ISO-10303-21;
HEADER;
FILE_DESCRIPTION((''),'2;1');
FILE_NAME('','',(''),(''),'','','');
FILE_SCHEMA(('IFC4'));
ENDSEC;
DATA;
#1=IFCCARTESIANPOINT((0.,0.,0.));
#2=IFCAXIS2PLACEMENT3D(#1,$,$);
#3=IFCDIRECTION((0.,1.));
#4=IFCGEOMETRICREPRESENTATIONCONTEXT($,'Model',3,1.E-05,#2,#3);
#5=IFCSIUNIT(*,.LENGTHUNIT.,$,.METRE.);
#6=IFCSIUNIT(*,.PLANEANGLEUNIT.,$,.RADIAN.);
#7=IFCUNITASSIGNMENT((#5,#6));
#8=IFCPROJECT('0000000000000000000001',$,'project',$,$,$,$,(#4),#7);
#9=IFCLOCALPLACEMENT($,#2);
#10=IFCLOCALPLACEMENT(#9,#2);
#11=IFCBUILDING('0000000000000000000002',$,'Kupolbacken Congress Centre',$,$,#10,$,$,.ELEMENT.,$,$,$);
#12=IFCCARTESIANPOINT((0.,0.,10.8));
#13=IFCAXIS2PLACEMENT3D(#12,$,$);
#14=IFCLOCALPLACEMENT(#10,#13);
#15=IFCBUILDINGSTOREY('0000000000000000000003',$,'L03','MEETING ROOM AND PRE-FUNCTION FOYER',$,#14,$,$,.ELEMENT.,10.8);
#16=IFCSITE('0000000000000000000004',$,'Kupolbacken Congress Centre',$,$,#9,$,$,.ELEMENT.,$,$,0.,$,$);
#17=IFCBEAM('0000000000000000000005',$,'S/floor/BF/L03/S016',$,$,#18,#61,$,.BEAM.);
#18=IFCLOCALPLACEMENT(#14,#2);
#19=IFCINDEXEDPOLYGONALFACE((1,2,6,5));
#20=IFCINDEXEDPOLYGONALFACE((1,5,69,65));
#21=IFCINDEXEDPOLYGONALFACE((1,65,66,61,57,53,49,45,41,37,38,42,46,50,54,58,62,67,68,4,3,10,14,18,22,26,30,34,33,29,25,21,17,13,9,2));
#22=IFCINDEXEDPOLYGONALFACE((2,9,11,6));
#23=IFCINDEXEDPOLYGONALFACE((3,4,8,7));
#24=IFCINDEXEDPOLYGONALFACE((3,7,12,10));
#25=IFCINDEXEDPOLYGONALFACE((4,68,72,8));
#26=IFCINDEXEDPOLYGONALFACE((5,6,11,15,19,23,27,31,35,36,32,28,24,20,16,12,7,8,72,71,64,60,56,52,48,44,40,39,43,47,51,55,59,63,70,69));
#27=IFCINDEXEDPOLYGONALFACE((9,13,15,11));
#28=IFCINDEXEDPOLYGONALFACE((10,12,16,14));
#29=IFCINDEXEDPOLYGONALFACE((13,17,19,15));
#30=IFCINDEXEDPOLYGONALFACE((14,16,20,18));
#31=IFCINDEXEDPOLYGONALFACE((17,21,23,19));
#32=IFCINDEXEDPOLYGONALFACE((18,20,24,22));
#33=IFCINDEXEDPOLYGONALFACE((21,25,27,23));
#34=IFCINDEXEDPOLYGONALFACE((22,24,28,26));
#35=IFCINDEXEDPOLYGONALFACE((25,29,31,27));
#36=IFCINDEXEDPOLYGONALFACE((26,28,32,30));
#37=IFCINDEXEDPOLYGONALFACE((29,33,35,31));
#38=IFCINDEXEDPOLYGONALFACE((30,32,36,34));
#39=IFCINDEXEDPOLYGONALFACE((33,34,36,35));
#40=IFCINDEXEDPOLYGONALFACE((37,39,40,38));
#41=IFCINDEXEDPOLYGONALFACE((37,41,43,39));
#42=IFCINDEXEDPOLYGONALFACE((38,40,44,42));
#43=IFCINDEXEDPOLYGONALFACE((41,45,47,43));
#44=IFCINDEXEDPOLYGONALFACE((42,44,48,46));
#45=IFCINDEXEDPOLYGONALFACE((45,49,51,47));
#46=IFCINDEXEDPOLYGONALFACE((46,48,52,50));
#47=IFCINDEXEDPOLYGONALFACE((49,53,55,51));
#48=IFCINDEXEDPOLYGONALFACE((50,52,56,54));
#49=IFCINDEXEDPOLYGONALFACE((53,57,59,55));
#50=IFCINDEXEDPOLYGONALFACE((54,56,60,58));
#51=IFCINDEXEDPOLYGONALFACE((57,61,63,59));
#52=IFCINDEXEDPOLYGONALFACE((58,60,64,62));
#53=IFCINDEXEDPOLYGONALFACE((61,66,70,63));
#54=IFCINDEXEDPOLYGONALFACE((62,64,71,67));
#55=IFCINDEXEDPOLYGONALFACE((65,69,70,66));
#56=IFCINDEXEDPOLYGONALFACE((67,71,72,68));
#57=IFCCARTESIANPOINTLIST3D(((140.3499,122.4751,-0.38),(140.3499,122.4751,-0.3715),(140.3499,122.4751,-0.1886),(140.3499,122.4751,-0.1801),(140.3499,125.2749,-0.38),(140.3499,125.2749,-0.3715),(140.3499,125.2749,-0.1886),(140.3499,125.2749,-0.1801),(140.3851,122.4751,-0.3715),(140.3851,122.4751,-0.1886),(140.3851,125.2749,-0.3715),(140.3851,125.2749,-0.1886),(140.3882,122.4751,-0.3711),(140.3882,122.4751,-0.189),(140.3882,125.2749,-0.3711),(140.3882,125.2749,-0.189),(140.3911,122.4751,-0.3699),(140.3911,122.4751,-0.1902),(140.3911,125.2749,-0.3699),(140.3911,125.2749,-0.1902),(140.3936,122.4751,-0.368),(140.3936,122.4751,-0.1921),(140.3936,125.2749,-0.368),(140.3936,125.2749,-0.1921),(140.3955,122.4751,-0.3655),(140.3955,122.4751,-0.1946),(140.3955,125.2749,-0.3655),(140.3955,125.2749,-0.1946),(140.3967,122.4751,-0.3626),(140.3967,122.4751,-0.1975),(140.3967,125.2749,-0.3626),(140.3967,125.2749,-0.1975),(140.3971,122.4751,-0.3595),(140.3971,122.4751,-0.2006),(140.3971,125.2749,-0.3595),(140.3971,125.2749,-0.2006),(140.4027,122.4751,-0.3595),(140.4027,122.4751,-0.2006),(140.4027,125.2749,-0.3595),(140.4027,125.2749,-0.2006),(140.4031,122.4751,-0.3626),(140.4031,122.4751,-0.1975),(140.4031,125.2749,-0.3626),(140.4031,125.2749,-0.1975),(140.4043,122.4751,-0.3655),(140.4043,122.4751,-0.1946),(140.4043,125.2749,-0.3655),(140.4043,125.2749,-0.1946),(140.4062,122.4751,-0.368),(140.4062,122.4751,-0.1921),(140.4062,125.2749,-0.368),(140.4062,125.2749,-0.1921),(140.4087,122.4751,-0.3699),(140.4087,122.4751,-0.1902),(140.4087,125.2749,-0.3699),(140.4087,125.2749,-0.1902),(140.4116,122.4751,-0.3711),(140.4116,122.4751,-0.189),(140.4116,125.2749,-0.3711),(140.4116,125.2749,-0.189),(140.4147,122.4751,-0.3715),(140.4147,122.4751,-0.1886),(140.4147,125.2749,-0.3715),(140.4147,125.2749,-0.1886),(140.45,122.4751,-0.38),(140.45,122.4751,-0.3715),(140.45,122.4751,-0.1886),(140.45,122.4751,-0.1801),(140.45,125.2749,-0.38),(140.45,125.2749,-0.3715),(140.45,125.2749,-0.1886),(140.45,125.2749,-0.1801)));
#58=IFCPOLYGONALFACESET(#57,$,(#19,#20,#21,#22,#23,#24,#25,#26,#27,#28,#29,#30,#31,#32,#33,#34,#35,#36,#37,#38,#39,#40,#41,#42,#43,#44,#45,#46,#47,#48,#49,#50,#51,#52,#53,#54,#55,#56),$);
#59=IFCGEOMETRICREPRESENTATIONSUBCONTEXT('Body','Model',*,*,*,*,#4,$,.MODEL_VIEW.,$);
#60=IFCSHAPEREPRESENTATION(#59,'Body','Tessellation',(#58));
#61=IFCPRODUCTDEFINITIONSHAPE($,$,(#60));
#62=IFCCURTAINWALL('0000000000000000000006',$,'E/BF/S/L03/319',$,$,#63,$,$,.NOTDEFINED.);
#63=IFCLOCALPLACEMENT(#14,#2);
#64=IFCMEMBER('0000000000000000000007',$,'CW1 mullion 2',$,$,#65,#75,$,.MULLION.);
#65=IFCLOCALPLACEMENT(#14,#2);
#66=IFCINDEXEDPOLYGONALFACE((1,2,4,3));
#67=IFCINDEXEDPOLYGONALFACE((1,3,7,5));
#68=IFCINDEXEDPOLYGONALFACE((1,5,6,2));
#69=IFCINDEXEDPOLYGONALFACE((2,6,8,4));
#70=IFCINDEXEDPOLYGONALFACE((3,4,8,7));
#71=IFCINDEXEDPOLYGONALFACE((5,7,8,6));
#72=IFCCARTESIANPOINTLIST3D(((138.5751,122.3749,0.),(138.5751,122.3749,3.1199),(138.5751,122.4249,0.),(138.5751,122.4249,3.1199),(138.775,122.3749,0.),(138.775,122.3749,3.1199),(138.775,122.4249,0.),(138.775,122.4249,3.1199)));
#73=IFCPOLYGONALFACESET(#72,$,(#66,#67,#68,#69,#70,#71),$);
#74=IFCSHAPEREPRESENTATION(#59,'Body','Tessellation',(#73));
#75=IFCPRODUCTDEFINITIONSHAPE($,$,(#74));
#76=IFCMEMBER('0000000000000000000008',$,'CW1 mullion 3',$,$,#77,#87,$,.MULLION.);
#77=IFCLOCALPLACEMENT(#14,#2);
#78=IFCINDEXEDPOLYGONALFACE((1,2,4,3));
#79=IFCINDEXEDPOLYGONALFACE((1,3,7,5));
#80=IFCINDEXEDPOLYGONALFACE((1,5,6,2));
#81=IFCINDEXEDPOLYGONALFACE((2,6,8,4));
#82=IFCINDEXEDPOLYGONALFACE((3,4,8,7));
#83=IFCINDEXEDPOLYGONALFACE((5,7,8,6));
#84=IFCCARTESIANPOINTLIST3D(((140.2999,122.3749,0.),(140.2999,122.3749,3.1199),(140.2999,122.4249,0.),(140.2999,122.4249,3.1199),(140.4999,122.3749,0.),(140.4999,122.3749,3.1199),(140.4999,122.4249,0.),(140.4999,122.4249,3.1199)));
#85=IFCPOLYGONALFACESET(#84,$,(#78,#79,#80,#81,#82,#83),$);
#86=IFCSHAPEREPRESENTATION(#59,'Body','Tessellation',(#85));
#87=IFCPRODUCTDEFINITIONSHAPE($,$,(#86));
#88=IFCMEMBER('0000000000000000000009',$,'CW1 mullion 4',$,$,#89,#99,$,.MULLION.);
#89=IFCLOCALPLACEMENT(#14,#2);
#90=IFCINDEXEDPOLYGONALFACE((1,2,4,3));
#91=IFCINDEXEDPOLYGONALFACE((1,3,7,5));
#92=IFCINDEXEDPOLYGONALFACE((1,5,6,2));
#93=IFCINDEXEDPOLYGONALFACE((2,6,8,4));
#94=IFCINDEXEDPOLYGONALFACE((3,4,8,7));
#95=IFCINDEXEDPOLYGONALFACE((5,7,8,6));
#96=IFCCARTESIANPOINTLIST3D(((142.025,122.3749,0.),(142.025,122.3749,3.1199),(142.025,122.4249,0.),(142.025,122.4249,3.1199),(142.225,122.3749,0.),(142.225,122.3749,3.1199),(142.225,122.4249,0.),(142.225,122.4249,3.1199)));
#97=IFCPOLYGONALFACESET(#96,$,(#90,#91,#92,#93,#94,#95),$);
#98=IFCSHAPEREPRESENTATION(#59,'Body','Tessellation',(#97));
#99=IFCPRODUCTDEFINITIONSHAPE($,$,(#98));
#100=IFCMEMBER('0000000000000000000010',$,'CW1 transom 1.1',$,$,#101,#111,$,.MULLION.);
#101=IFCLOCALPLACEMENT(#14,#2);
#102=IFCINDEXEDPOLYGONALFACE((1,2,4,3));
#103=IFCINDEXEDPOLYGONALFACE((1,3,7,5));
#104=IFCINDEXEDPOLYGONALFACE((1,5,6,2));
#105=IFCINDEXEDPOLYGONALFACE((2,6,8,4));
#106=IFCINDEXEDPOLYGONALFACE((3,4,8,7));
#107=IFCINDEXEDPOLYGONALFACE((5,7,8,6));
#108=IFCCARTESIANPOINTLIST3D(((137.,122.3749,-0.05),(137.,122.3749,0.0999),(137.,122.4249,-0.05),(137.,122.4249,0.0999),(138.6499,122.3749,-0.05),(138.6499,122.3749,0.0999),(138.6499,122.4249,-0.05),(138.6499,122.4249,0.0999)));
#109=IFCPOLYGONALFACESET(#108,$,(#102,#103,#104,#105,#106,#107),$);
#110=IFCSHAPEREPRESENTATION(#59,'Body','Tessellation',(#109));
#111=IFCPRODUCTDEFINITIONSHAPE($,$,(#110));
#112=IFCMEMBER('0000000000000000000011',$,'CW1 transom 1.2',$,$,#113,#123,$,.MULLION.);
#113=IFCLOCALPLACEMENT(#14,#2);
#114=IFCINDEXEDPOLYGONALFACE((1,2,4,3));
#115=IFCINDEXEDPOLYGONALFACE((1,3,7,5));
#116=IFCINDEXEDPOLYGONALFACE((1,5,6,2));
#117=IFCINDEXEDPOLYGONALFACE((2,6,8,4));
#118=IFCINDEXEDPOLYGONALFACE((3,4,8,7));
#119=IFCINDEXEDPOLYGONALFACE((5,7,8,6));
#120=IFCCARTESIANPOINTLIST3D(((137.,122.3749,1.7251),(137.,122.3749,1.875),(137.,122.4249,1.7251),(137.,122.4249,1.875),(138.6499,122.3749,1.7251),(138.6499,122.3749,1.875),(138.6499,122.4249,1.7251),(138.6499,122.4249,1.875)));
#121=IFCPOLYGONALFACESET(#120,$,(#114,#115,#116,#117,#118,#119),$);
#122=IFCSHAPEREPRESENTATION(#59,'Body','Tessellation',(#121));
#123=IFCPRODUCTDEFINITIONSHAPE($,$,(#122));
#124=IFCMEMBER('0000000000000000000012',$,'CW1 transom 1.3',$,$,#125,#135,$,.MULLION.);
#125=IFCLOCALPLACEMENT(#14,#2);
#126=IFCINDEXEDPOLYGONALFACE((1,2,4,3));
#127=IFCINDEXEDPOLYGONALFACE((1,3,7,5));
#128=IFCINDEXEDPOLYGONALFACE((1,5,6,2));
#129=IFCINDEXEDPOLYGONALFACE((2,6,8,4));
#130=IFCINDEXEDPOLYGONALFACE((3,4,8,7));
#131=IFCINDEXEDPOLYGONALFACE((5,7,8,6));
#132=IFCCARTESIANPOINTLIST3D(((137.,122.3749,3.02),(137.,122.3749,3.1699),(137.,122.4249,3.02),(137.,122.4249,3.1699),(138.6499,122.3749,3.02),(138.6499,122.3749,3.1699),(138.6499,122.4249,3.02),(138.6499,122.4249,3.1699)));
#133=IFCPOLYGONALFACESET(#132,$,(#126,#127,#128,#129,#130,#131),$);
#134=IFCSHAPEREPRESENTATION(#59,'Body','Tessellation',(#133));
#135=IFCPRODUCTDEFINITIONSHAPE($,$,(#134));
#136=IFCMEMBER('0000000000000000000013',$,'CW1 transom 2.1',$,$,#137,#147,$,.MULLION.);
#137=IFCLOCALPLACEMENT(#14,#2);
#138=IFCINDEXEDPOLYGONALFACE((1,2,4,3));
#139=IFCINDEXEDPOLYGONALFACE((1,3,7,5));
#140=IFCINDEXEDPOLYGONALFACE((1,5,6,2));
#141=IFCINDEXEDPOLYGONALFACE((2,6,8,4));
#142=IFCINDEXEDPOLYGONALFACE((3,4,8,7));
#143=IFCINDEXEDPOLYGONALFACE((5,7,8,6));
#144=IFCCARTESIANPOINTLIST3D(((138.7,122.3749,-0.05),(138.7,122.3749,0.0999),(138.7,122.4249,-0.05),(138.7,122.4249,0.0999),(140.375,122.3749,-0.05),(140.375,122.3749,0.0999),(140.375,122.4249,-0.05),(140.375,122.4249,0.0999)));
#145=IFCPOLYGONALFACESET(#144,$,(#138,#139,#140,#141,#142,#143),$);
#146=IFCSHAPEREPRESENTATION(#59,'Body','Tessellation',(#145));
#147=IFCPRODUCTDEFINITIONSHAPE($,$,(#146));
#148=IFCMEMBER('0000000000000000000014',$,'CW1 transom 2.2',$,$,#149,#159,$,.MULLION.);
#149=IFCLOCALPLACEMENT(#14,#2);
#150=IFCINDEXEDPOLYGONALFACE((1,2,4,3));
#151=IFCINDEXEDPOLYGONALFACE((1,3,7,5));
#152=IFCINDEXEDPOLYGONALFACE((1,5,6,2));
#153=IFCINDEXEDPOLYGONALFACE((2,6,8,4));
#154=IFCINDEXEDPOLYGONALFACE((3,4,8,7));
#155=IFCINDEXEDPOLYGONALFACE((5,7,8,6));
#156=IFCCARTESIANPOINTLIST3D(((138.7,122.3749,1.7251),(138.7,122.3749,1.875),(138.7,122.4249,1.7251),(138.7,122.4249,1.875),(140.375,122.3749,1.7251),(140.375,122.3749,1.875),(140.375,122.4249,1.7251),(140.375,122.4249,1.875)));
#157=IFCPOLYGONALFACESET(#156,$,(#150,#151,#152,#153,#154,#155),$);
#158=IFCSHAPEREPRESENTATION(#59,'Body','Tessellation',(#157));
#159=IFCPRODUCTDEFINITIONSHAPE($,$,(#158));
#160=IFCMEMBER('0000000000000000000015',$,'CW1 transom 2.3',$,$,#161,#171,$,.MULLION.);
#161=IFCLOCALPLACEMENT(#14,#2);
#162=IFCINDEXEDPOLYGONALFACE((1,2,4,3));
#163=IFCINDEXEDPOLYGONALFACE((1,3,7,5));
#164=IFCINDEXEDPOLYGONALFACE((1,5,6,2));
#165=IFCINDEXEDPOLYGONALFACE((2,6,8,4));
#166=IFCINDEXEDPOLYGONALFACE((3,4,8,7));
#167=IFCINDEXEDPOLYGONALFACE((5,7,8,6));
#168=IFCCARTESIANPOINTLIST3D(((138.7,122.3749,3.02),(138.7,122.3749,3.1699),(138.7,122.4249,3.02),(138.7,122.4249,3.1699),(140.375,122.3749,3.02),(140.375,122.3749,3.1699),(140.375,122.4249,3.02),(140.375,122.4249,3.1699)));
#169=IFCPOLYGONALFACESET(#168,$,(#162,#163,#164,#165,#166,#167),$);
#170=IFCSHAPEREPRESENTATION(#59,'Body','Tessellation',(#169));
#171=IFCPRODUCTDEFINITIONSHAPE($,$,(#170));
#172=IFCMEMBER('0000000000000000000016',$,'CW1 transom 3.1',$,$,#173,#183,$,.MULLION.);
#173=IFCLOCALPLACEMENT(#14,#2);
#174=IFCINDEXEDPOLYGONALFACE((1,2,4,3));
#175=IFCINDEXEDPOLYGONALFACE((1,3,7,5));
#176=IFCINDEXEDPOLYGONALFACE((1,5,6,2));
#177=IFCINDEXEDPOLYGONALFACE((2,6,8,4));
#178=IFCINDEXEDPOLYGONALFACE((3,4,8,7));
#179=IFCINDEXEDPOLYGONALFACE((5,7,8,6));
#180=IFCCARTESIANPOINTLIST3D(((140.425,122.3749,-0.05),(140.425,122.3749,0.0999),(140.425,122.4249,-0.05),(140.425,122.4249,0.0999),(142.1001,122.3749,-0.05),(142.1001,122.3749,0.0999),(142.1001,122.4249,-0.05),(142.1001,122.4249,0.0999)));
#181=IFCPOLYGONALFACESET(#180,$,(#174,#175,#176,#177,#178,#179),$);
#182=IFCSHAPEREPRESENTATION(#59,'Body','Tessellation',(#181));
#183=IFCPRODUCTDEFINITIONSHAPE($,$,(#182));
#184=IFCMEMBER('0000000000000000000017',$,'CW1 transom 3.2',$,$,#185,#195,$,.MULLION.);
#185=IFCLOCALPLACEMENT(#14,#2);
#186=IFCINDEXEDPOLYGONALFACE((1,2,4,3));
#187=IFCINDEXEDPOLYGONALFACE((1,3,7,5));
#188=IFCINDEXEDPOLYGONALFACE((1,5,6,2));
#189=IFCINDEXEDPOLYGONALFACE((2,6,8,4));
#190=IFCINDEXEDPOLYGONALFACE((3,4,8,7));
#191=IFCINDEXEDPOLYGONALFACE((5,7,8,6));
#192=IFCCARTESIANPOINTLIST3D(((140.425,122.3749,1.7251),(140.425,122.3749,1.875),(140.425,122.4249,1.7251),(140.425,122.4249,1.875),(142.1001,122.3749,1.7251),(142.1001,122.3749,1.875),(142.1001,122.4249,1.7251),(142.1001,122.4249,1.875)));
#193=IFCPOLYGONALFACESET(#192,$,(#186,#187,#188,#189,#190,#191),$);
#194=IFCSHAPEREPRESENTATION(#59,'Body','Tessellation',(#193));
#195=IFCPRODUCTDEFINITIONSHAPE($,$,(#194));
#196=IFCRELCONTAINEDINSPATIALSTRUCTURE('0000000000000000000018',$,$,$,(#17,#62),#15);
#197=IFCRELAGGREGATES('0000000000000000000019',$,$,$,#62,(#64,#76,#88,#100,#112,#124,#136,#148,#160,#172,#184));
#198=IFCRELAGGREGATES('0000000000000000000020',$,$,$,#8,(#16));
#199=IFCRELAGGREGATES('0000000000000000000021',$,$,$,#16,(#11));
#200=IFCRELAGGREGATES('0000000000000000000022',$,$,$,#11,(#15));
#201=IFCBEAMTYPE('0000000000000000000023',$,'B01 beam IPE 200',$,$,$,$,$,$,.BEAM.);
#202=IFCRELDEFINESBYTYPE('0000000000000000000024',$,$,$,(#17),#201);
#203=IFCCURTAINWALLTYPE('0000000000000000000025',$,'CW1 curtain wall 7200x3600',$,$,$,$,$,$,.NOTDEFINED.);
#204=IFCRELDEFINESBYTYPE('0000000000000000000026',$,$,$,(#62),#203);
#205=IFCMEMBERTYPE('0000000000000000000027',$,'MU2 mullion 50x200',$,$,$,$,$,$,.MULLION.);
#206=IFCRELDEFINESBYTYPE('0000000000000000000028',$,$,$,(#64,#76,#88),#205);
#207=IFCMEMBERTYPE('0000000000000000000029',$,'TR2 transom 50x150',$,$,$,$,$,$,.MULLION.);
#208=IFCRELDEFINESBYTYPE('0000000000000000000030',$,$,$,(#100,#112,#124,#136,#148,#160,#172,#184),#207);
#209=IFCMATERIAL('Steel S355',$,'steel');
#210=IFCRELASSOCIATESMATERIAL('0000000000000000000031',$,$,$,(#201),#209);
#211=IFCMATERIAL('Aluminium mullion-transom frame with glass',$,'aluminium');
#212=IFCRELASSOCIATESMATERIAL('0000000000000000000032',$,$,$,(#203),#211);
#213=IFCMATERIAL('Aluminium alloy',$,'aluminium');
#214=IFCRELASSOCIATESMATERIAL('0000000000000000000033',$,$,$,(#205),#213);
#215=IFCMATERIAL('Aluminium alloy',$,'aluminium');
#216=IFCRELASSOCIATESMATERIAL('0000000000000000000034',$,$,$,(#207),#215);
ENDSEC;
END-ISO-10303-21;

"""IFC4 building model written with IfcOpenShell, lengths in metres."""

from ifc_helpers import new_model, si_unit, direction, frame, origin, origin_2d, place, context, subcontext, project, spatial, rectangle, i_section, extrude, material, material_profile, profile_set, type_object, element, aggregate, save


model = new_model("IFC4")

# Units and contexts
model_context = context("Model", 3, precision=1e-05, world=origin(), true_north=direction((0.0, 1.0)))
body_context = subcontext(model_context, "Body", "Model", "MODEL_VIEW")
ifc_project = project(units=[si_unit("LENGTHUNIT", "METRE"), si_unit("PLANEANGLEUNIT", "RADIAN")], contexts=[model_context])

# Site, building, storey
site_placement = place(None, origin())
site = spatial("IfcSite", under=ifc_project, at=site_placement, Name="Kupolbacken Congress Centre", CompositionType="ELEMENT", RefElevation=0.0)
building_placement = place(site_placement, origin())
building = spatial("IfcBuilding", under=site, at=building_placement, Name="Kupolbacken Congress Centre", CompositionType="ELEMENT")
storey_placement = place(building_placement, frame((0.0, 0.0, 10.8)))
storey = spatial("IfcBuildingStorey", under=building, at=storey_placement, Name="L03", Description="MEETING ROOM AND PRE-FUNCTION FOYER", CompositionType="ELEMENT", Elevation=10.8)

# Beam
ifc_material_1 = material(Name="Steel S355", Category="steel")
ifc_material_profile_1 = material_profile(ifc_material_1, i_section(OverallWidth=0.1001, OverallDepth=0.2, WebThickness=0.0056, FlangeThickness=0.0085, FilletRadius=0.012, at=origin_2d()), Name="IPE 200")
ifc_profile_set_1 = profile_set([ifc_material_profile_1], Name="Steel S355")
beam_type = type_object("IfcBeamType", Name="B01 beam IPE 200", PredefinedType="BEAM", material=ifc_profile_set_1)
beam_placement = place(storey_placement, frame((140.3999, 122.4751, -0.28), z_axis=(0.0, 1.0, 0.0), x_axis=(-1.0, 0.0, 0.0)))
element("IfcBeam", 1, at=beam_placement, inside=storey, type_object=beam_type, Name="S/floor/BF/L03/S016", PredefinedType="BEAM", context=body_context, shape_type="SweptSolid", body=[
    extrude(i_section(OverallWidth=0.1001, OverallDepth=0.2, WebThickness=0.0056, FlangeThickness=0.0085, FilletRadius=0.012, at=origin_2d()), origin(), (0.0, 0.0, 1.0), 2.7998),
])

# Curtain wall, members
ifc_material_2 = material(Name="Aluminium mullion-transom frame with glass", Category="aluminium")
curtain_wall_type = type_object("IfcCurtainWallType", Name="CW1 curtain wall 7200x3600", PredefinedType="NOTDEFINED", material=ifc_material_2)
curtain_wall_placement = place(storey_placement, origin())
curtain_wall = element("IfcCurtainWall", 2, at=curtain_wall_placement, inside=storey, type_object=curtain_wall_type, Name="E/BF/S/L03/319", PredefinedType="NOTDEFINED")
ifc_material_3 = material(Name="Aluminium alloy", Category="aluminium")
ifc_material_profile_2 = material_profile(ifc_material_3, rectangle(XDim=0.05, YDim=0.2, at=origin_2d()), Name="50 x 200")
ifc_profile_set_2 = profile_set([ifc_material_profile_2], Name="Aluminium alloy")
member_type_1 = type_object("IfcMemberType", Name="MU2 mullion 50x200", PredefinedType="MULLION", material=ifc_profile_set_2)
member_1_placement = place(storey_placement, frame((138.675, 122.3999, 0.0), z_axis=(0.0, 0.0, 1.0), x_axis=(0.0, 1.0, 0.0)))
member_1 = element("IfcMember", 3, at=member_1_placement, type_object=member_type_1, Name="CW1 mullion 2", PredefinedType="MULLION", context=body_context, shape_type="SweptSolid", body=[
    extrude(rectangle(XDim=0.05, YDim=0.2, at=origin_2d()), origin(), (0.0, 0.0, 1.0), 3.1199),
])
member_2_placement = place(storey_placement, frame((140.3999, 122.3999, 0.0), z_axis=(0.0, 0.0, 1.0), x_axis=(0.0, 1.0, 0.0)))
member_2 = element("IfcMember", 4, at=member_2_placement, type_object=member_type_1, Name="CW1 mullion 3", PredefinedType="MULLION", context=body_context, shape_type="SweptSolid", body=[
    extrude(rectangle(XDim=0.05, YDim=0.2, at=origin_2d()), origin(), (0.0, 0.0, 1.0), 3.1199),
])
member_3_placement = place(storey_placement, frame((142.125, 122.3999, 0.0), z_axis=(0.0, 0.0, 1.0), x_axis=(0.0, 1.0, 0.0)))
member_3 = element("IfcMember", 5, at=member_3_placement, type_object=member_type_1, Name="CW1 mullion 4", PredefinedType="MULLION", context=body_context, shape_type="SweptSolid", body=[
    extrude(rectangle(XDim=0.05, YDim=0.2, at=origin_2d()), origin(), (0.0, 0.0, 1.0), 3.1199),
])
ifc_material_4 = material(Name="Aluminium alloy", Category="aluminium")
ifc_material_profile_3 = material_profile(ifc_material_4, rectangle(XDim=0.05, YDim=0.1499, at=origin_2d()), Name="50 x 150")
ifc_profile_set_3 = profile_set([ifc_material_profile_3], Name="Aluminium alloy")
member_type_2 = type_object("IfcMemberType", Name="TR2 transom 50x150", PredefinedType="MULLION", material=ifc_profile_set_3)
member_4_placement = place(storey_placement, frame((137.0, 122.3999, 0.0249), z_axis=(1.0, 0.0, 0.0), x_axis=(0.0, 1.0, 0.0)))
member_4 = element("IfcMember", 6, at=member_4_placement, type_object=member_type_2, Name="CW1 transom 1.1", PredefinedType="MULLION", context=body_context, shape_type="SweptSolid", body=[
    extrude(rectangle(XDim=0.05, YDim=0.1499, at=origin_2d()), origin(), (0.0, 0.0, 1.0), 1.6499),
])
member_5_placement = place(storey_placement, frame((137.0, 122.3999, 1.8), z_axis=(1.0, 0.0, 0.0), x_axis=(0.0, 1.0, 0.0)))
member_5 = element("IfcMember", 7, at=member_5_placement, type_object=member_type_2, Name="CW1 transom 1.2", PredefinedType="MULLION", context=body_context, shape_type="SweptSolid", body=[
    extrude(rectangle(XDim=0.05, YDim=0.1499, at=origin_2d()), origin(), (0.0, 0.0, 1.0), 1.6499),
])
member_6_placement = place(storey_placement, frame((137.0, 122.3999, 3.095), z_axis=(1.0, 0.0, 0.0), x_axis=(0.0, 1.0, 0.0)))
member_6 = element("IfcMember", 8, at=member_6_placement, type_object=member_type_2, Name="CW1 transom 1.3", PredefinedType="MULLION", context=body_context, shape_type="SweptSolid", body=[
    extrude(rectangle(XDim=0.05, YDim=0.1499, at=origin_2d()), origin(), (0.0, 0.0, 1.0), 1.6499),
])
member_7_placement = place(storey_placement, frame((138.7, 122.3999, 0.0249), z_axis=(1.0, 0.0, 0.0), x_axis=(0.0, 1.0, 0.0)))
member_7 = element("IfcMember", 9, at=member_7_placement, type_object=member_type_2, Name="CW1 transom 2.1", PredefinedType="MULLION", context=body_context, shape_type="SweptSolid", body=[
    extrude(rectangle(XDim=0.05, YDim=0.1499, at=origin_2d()), origin(), (0.0, 0.0, 1.0), 1.675),
])
member_8_placement = place(storey_placement, frame((138.7, 122.3999, 1.8), z_axis=(1.0, 0.0, 0.0), x_axis=(0.0, 1.0, 0.0)))
member_8 = element("IfcMember", 10, at=member_8_placement, type_object=member_type_2, Name="CW1 transom 2.2", PredefinedType="MULLION", context=body_context, shape_type="SweptSolid", body=[
    extrude(rectangle(XDim=0.05, YDim=0.1499, at=origin_2d()), origin(), (0.0, 0.0, 1.0), 1.675),
])
member_9_placement = place(storey_placement, frame((138.7, 122.3999, 3.095), z_axis=(1.0, 0.0, 0.0), x_axis=(0.0, 1.0, 0.0)))
member_9 = element("IfcMember", 11, at=member_9_placement, type_object=member_type_2, Name="CW1 transom 2.3", PredefinedType="MULLION", context=body_context, shape_type="SweptSolid", body=[
    extrude(rectangle(XDim=0.05, YDim=0.1499, at=origin_2d()), origin(), (0.0, 0.0, 1.0), 1.675),
])
member_10_placement = place(storey_placement, frame((140.425, 122.3999, 0.0249), z_axis=(1.0, 0.0, 0.0), x_axis=(0.0, 1.0, 0.0)))
member_10 = element("IfcMember", 12, at=member_10_placement, type_object=member_type_2, Name="CW1 transom 3.1", PredefinedType="MULLION", context=body_context, shape_type="SweptSolid", body=[
    extrude(rectangle(XDim=0.05, YDim=0.1499, at=origin_2d()), origin(), (0.0, 0.0, 1.0), 1.675),
])
member_11_placement = place(storey_placement, frame((140.425, 122.3999, 1.8), z_axis=(1.0, 0.0, 0.0), x_axis=(0.0, 1.0, 0.0)))
member_11 = element("IfcMember", 13, at=member_11_placement, type_object=member_type_2, Name="CW1 transom 3.2", PredefinedType="MULLION", context=body_context, shape_type="SweptSolid", body=[
    extrude(rectangle(XDim=0.05, YDim=0.1499, at=origin_2d()), origin(), (0.0, 0.0, 1.0), 1.675),
])
aggregate(curtain_wall, [member_1, member_2, member_3, member_4, member_5, member_6, member_7, member_8, member_9, member_10, member_11])

save(model, "model.ifc")
